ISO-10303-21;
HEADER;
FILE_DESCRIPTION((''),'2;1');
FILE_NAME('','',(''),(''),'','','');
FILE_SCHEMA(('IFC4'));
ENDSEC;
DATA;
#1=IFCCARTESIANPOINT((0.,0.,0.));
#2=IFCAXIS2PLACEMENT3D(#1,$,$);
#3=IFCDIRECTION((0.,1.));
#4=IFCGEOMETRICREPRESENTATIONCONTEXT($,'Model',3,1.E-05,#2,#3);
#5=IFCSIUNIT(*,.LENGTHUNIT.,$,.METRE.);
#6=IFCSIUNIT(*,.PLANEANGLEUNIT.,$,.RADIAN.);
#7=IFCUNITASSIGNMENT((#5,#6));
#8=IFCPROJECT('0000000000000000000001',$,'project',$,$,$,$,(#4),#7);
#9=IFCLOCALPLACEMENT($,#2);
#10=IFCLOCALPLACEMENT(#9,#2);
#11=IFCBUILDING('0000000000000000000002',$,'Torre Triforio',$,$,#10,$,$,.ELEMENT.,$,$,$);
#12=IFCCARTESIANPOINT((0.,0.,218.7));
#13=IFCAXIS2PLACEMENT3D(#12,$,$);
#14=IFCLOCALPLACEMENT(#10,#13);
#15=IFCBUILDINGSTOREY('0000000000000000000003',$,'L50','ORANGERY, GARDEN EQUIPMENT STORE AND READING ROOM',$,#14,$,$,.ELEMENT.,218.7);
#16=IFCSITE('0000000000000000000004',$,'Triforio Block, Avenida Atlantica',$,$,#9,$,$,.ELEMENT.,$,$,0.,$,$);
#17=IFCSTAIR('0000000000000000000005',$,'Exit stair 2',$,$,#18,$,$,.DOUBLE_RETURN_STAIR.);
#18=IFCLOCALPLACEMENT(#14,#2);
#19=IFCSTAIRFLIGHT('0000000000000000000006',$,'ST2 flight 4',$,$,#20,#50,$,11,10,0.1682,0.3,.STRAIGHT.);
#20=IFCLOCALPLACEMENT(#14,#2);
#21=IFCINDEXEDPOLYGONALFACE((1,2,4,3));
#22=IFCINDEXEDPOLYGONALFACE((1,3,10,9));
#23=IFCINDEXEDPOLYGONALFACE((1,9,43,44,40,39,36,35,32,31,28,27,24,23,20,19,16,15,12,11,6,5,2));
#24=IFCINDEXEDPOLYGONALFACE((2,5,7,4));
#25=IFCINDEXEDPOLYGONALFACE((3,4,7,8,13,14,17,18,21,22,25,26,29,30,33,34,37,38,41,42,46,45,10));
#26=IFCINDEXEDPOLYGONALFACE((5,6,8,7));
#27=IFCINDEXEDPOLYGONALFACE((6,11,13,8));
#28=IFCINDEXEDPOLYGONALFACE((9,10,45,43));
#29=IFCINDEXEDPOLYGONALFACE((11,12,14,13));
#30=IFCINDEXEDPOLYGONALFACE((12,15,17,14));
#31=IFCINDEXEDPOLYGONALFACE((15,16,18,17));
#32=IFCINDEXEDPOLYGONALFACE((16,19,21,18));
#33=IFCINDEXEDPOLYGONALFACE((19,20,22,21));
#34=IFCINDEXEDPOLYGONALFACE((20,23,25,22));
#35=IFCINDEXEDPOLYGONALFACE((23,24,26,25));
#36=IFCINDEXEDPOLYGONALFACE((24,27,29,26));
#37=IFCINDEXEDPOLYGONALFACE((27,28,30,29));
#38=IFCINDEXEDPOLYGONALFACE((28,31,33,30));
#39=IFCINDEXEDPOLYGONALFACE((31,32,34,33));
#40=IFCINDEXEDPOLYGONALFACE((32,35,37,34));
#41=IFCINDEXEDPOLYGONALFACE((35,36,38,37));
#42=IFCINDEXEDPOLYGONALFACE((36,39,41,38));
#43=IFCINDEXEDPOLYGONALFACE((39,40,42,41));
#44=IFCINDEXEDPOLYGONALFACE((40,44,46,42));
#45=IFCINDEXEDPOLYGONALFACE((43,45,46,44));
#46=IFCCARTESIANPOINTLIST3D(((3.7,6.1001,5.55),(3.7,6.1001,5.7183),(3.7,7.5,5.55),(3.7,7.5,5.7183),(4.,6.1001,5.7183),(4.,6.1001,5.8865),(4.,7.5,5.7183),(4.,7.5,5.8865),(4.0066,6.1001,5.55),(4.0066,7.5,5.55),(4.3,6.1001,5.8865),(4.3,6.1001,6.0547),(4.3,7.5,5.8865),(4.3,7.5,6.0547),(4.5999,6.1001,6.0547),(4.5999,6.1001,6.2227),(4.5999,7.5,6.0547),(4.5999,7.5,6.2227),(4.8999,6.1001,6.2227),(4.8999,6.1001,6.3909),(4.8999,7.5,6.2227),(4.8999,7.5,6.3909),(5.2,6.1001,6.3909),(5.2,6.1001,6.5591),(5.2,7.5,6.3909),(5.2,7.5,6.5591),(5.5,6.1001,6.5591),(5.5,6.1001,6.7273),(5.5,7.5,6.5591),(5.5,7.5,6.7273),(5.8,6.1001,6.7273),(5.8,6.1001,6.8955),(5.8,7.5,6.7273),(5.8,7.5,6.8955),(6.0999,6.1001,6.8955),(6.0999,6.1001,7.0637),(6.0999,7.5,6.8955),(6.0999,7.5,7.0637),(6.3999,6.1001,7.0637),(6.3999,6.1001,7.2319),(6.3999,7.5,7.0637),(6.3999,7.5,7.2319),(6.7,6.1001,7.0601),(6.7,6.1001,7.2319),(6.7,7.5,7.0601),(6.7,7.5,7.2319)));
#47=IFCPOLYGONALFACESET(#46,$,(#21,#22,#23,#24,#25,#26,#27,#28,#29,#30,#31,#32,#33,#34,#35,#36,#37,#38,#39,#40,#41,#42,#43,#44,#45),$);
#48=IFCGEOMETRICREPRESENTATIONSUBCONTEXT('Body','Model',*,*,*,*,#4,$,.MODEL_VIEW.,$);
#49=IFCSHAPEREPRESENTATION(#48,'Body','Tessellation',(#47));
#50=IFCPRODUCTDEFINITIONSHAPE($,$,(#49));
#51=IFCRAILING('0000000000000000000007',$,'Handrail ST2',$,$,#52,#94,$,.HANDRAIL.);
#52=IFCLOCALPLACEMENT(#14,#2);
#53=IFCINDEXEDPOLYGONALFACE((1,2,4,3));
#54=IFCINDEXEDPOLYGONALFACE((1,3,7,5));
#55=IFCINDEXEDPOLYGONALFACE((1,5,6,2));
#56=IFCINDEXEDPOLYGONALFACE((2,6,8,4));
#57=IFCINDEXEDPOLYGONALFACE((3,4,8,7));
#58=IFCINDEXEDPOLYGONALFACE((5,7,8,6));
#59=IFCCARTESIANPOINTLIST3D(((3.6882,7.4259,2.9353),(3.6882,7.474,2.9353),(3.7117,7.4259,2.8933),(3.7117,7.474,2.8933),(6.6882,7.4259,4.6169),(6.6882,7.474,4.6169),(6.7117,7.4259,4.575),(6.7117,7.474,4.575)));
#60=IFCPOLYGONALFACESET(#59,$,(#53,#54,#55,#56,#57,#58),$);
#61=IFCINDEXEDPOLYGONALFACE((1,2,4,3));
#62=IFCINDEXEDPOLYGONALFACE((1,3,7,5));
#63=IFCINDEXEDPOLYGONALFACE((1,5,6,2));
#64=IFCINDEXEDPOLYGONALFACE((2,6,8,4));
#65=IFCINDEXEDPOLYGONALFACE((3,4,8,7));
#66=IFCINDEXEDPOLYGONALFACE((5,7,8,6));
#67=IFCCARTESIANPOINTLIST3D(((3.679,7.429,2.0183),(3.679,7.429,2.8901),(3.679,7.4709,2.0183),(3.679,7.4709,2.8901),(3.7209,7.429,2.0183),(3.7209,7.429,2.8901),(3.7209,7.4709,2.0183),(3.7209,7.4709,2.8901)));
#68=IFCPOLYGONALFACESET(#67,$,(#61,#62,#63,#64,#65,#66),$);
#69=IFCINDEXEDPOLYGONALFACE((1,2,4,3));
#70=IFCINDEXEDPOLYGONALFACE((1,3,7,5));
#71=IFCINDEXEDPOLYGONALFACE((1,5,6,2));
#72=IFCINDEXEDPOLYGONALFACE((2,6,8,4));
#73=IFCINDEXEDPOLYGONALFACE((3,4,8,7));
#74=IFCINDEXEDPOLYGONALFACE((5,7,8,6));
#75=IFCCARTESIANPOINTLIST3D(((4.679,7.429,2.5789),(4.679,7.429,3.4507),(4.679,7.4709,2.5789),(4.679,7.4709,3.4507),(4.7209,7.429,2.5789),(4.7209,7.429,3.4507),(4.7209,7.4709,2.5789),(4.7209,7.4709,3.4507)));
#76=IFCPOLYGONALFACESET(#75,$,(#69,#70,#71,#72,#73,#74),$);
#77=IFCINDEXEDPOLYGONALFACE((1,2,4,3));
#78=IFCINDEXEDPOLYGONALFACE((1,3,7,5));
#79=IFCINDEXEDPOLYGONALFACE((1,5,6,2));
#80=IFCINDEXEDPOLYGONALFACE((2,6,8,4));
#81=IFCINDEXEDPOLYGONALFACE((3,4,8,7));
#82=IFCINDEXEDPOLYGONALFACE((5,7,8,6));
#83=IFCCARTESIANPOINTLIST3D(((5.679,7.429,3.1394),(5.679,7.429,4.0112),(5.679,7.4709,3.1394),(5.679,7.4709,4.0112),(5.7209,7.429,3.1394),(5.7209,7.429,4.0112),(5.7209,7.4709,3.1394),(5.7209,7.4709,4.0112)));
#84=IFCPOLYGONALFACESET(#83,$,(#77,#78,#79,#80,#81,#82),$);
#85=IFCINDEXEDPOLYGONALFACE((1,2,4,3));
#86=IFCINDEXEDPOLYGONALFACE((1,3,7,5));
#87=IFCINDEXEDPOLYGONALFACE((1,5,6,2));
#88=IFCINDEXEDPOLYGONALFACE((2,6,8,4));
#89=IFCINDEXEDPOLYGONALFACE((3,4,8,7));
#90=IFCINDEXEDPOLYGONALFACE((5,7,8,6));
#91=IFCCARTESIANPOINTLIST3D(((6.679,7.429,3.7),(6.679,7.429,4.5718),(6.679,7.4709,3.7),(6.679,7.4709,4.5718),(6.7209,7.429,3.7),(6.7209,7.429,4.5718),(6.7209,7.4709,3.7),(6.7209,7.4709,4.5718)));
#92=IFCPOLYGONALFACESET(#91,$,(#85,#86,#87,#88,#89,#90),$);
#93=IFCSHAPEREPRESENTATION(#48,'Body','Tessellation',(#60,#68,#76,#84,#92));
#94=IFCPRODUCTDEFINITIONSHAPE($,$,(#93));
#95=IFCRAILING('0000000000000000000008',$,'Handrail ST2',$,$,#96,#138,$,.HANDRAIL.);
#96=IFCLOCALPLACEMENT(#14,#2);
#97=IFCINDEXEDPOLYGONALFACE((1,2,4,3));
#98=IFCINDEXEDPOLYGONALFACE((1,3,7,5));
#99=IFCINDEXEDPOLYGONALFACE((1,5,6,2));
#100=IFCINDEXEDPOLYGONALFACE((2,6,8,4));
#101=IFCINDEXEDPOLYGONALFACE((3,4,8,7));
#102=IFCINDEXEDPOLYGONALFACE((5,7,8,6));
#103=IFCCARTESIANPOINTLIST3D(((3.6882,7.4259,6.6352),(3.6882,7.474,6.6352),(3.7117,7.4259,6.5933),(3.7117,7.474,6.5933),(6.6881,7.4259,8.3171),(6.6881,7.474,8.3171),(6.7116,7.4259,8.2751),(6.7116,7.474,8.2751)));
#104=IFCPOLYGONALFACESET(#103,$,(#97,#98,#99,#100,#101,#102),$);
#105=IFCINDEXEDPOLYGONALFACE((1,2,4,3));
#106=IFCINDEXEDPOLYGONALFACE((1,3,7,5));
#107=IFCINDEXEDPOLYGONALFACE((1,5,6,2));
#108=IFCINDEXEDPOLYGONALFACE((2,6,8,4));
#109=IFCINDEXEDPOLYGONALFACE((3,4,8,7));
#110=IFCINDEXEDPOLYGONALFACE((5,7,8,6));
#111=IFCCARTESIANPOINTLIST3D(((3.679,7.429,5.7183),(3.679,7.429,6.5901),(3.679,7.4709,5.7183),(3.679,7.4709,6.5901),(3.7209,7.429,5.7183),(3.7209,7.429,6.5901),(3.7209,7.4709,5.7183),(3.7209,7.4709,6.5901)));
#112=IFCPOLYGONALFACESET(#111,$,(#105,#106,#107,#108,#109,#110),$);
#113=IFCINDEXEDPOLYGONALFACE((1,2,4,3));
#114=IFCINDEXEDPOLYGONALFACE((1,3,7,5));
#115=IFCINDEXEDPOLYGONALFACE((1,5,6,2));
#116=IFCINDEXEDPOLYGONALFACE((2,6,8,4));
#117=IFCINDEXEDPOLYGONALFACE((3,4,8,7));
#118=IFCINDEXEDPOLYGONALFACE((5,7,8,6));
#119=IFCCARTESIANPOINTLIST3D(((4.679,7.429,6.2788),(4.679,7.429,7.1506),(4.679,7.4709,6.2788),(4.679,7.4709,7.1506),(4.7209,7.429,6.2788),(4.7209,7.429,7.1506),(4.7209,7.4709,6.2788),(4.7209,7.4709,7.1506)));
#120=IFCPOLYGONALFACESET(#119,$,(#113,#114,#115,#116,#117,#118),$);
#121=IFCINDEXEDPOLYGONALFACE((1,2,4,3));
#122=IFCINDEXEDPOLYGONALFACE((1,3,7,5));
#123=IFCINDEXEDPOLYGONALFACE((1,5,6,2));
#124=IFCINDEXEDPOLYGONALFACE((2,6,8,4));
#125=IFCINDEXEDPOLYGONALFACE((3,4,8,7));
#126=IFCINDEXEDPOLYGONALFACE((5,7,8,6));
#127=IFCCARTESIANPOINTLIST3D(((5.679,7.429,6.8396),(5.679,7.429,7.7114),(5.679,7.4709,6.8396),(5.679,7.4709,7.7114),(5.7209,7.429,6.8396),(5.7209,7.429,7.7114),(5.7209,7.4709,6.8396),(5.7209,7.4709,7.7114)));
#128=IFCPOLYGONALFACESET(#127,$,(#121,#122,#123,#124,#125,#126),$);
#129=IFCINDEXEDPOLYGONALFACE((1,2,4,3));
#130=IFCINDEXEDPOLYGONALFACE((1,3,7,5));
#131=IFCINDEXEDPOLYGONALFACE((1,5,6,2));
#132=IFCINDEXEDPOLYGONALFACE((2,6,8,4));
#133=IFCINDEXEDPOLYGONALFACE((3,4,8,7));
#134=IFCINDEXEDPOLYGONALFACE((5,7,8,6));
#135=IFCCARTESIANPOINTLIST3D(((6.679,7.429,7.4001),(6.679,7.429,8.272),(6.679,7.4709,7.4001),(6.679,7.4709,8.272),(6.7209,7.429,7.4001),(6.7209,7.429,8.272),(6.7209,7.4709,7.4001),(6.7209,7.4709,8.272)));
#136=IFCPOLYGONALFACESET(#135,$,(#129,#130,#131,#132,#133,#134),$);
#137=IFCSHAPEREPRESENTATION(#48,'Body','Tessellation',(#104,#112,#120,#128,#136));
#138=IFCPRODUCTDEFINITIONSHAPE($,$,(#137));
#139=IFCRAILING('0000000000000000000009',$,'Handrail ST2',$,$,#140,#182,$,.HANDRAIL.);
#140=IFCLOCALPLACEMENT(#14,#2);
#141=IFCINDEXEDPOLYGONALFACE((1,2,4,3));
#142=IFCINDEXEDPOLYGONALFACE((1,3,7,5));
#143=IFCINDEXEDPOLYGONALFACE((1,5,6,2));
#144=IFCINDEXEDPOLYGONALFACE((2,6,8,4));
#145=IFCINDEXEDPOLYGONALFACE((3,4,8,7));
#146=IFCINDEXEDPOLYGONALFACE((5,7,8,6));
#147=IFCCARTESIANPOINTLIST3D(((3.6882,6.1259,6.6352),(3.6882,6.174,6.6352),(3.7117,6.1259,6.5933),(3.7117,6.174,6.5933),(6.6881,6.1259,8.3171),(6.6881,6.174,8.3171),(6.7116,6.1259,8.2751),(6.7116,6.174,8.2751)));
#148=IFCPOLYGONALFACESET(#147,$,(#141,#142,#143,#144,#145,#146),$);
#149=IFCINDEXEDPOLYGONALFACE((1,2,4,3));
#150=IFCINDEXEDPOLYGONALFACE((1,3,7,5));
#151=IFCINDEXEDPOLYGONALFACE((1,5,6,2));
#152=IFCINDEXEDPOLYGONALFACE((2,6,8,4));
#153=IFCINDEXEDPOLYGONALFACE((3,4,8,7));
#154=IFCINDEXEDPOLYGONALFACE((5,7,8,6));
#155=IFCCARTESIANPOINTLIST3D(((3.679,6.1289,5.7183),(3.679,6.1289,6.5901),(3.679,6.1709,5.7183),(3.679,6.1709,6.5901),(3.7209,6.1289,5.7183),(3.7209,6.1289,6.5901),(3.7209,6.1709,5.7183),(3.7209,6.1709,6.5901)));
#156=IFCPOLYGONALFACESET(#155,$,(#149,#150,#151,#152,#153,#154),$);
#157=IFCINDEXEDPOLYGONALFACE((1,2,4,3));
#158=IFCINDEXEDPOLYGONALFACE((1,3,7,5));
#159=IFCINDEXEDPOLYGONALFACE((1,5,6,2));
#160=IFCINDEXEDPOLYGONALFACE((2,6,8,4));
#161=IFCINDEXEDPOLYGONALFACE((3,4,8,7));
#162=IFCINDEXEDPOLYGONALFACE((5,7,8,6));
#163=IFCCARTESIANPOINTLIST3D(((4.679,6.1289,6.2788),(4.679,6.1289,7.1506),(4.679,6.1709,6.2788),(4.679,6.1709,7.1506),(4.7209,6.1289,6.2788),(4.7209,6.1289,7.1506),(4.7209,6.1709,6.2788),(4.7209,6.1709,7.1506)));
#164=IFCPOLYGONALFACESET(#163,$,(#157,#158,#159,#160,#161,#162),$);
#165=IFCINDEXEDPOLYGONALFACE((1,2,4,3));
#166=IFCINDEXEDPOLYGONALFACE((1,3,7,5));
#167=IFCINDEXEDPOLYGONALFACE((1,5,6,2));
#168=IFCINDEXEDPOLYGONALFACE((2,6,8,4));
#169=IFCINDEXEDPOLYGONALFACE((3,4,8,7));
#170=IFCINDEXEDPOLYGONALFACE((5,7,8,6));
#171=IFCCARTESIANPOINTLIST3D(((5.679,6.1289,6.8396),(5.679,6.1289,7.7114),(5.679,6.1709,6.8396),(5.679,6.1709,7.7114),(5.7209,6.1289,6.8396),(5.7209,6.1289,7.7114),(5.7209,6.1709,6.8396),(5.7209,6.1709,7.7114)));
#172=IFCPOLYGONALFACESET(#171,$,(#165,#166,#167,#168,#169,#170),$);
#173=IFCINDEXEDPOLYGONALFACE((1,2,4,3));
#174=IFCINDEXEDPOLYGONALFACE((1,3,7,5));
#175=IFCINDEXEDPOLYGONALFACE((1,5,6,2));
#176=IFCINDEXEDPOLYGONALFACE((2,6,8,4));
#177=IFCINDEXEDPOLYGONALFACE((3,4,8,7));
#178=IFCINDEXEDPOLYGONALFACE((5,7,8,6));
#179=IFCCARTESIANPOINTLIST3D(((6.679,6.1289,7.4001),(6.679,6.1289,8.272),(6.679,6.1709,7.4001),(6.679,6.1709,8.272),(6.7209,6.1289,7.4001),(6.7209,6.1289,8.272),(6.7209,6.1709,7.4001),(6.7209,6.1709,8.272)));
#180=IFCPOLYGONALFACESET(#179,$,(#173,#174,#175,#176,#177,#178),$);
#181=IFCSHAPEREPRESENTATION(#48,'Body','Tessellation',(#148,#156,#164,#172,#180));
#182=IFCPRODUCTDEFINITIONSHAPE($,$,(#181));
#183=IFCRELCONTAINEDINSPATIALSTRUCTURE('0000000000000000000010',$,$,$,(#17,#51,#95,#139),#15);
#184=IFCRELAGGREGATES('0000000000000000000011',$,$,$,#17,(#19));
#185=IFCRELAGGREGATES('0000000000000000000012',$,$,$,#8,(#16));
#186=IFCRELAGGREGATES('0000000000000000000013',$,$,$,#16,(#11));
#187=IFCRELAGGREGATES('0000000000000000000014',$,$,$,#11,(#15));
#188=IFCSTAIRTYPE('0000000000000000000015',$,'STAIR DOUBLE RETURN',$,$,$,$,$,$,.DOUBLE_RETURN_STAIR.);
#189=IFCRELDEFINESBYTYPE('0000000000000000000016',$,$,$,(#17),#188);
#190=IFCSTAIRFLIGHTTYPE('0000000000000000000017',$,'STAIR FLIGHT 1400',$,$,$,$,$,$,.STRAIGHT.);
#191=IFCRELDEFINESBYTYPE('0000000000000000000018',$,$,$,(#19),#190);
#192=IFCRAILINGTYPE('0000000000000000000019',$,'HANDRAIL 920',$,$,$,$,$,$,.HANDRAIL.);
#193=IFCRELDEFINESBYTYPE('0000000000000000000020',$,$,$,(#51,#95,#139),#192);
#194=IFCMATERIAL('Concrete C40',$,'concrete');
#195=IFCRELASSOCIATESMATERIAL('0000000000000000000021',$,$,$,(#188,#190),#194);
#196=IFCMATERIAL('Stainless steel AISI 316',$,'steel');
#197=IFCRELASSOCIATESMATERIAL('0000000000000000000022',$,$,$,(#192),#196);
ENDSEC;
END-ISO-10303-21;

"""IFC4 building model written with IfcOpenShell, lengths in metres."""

from ifc_helpers import new_model, si_unit, direction, frame, origin, origin_2d, place, context, subcontext, project, spatial, polyline, rectangle, outline, extrude, material, type_object, element, aggregate, save


model = new_model("IFC4")

# Units and contexts
model_context = context("Model", 3, precision=1e-05, world=origin(), true_north=direction((0.0, 1.0)))
body_context = subcontext(model_context, "Body", "Model", "MODEL_VIEW")
ifc_project = project(units=[si_unit("LENGTHUNIT", "METRE"), si_unit("PLANEANGLEUNIT", "RADIAN")], contexts=[model_context])

# Site, building, storey
site_placement = place(None, origin())
site = spatial("IfcSite", under=ifc_project, at=site_placement, Name="Triforio Block, Avenida Atlantica", CompositionType="ELEMENT", RefElevation=0.0)
building_placement = place(site_placement, origin())
building = spatial("IfcBuilding", under=site, at=building_placement, Name="Torre Triforio", CompositionType="ELEMENT")
storey_placement = place(building_placement, frame((0.0, 0.0, 218.7)))
storey = spatial("IfcBuildingStorey", under=building, at=storey_placement, Name="L50", Description="ORANGERY, GARDEN EQUIPMENT STORE AND READING ROOM", CompositionType="ELEMENT", Elevation=218.7)

# Shared definitions
ifc_material_1 = material(Name="Concrete C40", Category="concrete")

# Stair, stair flight
stair_type = type_object("IfcStairType", Name="STAIR DOUBLE RETURN", PredefinedType="DOUBLE_RETURN_STAIR", material=ifc_material_1)
stair_placement = place(storey_placement, origin())
stair = element("IfcStair", 1, at=stair_placement, inside=storey, type_object=stair_type, Name="Exit stair 2", PredefinedType="DOUBLE_RETURN_STAIR")
stair_flight_type = type_object("IfcStairFlightType", Name="STAIR FLIGHT 1400", PredefinedType="STRAIGHT", material=ifc_material_1)
stair_flight_1_placement = place(storey_placement, frame((3.7, 6.8, 5.55), z_axis=(0.0, 0.0, 1.0), x_axis=(1.0, 0.0, 0.0)))
stair_flight_1 = element("IfcStairFlight", 2, at=stair_flight_1_placement, type_object=stair_flight_type, Name="ST2 flight 4", NumberOfRisers=11, NumberOfTreads=10, PredefinedType="STRAIGHT", RiserHeight=0.1682, TreadLength=0.3, context=body_context, shape_type="SweptSolid", body=[
    extrude(outline(polyline([(0.0, 0.0), (0.0, 0.1682), (0.3, 0.1682), (0.3, 0.3364), (0.6001, 0.3364), (0.6001, 0.5046), (0.8999, 0.5046), (0.8999, 0.6726), (1.2, 0.6726), (1.2, 0.8408), (1.5, 0.8408), (1.5, 1.009), (1.8, 1.009), (1.8, 1.1772), (2.1001, 1.1772), (2.1001, 1.3455), (2.3999, 1.3455), (2.3999, 1.5137), (2.7, 1.5137), (2.7, 1.6819), (3.0, 1.6819), (3.0, 1.8501), (3.0, 1.51), (0.3066, 0.0), (0.0, 0.0)])), frame((0.0, 0.7, 0.0), z_axis=(0.0, -1.0, 0.0), x_axis=(1.0, 0.0, 0.0)), (0.0, 0.0, 1.0), 1.3999),
])
aggregate(stair, [stair_flight_1])

# Railings
ifc_material_2 = material(Name="Stainless steel AISI 316", Category="steel")
railing_type = type_object("IfcRailingType", Name="HANDRAIL 920", PredefinedType="HANDRAIL", material=ifc_material_2)
railing_placement = place(storey_placement, frame((3.7, 7.45, 2.0183)))
element("IfcRailing", 3, at=railing_placement, inside=storey, type_object=railing_type, Name="Handrail ST2", PredefinedType="HANDRAIL", context=body_context, shape_type="SweptSolid", body=[
    extrude(rectangle(XDim=0.0481, YDim=0.0481, at=origin_2d()), frame((0.0, 0.0, 0.896), z_axis=(0.872303, 0.0, 0.488966), x_axis=(0.0, 1.0, 0.0)), (0.0, 0.0, 1.0), 3.4392),
    extrude(rectangle(XDim=0.042, YDim=0.042, at=origin_2d()), origin(), (0.0, 0.0, 1.0), 0.8718),
    extrude(rectangle(XDim=0.042, YDim=0.042, at=origin_2d()), frame((1.0, 0.0, 0.5605)), (0.0, 0.0, 1.0), 0.8718),
    extrude(rectangle(XDim=0.042, YDim=0.042, at=origin_2d()), frame((2.0, 0.0, 1.1211)), (0.0, 0.0, 1.0), 0.8718),
    extrude(rectangle(XDim=0.042, YDim=0.042, at=origin_2d()), frame((3.0, 0.0, 1.6816)), (0.0, 0.0, 1.0), 0.8718),
])
for number, where, name in (
    (4, (3.7, 7.45, 5.7183), "Handrail ST2"),
    (5, (3.7, 6.1499, 5.7183), "Handrail ST2"),
):
    element("IfcRailing", number, at=place(storey_placement, frame(where)), inside=storey, type_object=railing_type, Name=name, PredefinedType="HANDRAIL", context=body_context, shape_type="SweptSolid", body=[
        extrude(rectangle(XDim=0.0481, YDim=0.0481, at=origin_2d()), frame((0.0, 0.0, 0.896), z_axis=(0.872272, 0.0, 0.48902), x_axis=(0.0, 1.0, 0.0)), (0.0, 0.0, 1.0), 3.4392),
        extrude(rectangle(XDim=0.042, YDim=0.042, at=origin_2d()), origin(), (0.0, 0.0, 1.0), 0.8718),
        extrude(rectangle(XDim=0.042, YDim=0.042, at=origin_2d()), frame((1.0, 0.0, 0.5605)), (0.0, 0.0, 1.0), 0.8718),
        extrude(rectangle(XDim=0.042, YDim=0.042, at=origin_2d()), frame((2.0, 0.0, 1.1213)), (0.0, 0.0, 1.0), 0.8718),
        extrude(rectangle(XDim=0.042, YDim=0.042, at=origin_2d()), frame((3.0, 0.0, 1.6819)), (0.0, 0.0, 1.0), 0.8718),
    ])

save(model, "model.ifc")
